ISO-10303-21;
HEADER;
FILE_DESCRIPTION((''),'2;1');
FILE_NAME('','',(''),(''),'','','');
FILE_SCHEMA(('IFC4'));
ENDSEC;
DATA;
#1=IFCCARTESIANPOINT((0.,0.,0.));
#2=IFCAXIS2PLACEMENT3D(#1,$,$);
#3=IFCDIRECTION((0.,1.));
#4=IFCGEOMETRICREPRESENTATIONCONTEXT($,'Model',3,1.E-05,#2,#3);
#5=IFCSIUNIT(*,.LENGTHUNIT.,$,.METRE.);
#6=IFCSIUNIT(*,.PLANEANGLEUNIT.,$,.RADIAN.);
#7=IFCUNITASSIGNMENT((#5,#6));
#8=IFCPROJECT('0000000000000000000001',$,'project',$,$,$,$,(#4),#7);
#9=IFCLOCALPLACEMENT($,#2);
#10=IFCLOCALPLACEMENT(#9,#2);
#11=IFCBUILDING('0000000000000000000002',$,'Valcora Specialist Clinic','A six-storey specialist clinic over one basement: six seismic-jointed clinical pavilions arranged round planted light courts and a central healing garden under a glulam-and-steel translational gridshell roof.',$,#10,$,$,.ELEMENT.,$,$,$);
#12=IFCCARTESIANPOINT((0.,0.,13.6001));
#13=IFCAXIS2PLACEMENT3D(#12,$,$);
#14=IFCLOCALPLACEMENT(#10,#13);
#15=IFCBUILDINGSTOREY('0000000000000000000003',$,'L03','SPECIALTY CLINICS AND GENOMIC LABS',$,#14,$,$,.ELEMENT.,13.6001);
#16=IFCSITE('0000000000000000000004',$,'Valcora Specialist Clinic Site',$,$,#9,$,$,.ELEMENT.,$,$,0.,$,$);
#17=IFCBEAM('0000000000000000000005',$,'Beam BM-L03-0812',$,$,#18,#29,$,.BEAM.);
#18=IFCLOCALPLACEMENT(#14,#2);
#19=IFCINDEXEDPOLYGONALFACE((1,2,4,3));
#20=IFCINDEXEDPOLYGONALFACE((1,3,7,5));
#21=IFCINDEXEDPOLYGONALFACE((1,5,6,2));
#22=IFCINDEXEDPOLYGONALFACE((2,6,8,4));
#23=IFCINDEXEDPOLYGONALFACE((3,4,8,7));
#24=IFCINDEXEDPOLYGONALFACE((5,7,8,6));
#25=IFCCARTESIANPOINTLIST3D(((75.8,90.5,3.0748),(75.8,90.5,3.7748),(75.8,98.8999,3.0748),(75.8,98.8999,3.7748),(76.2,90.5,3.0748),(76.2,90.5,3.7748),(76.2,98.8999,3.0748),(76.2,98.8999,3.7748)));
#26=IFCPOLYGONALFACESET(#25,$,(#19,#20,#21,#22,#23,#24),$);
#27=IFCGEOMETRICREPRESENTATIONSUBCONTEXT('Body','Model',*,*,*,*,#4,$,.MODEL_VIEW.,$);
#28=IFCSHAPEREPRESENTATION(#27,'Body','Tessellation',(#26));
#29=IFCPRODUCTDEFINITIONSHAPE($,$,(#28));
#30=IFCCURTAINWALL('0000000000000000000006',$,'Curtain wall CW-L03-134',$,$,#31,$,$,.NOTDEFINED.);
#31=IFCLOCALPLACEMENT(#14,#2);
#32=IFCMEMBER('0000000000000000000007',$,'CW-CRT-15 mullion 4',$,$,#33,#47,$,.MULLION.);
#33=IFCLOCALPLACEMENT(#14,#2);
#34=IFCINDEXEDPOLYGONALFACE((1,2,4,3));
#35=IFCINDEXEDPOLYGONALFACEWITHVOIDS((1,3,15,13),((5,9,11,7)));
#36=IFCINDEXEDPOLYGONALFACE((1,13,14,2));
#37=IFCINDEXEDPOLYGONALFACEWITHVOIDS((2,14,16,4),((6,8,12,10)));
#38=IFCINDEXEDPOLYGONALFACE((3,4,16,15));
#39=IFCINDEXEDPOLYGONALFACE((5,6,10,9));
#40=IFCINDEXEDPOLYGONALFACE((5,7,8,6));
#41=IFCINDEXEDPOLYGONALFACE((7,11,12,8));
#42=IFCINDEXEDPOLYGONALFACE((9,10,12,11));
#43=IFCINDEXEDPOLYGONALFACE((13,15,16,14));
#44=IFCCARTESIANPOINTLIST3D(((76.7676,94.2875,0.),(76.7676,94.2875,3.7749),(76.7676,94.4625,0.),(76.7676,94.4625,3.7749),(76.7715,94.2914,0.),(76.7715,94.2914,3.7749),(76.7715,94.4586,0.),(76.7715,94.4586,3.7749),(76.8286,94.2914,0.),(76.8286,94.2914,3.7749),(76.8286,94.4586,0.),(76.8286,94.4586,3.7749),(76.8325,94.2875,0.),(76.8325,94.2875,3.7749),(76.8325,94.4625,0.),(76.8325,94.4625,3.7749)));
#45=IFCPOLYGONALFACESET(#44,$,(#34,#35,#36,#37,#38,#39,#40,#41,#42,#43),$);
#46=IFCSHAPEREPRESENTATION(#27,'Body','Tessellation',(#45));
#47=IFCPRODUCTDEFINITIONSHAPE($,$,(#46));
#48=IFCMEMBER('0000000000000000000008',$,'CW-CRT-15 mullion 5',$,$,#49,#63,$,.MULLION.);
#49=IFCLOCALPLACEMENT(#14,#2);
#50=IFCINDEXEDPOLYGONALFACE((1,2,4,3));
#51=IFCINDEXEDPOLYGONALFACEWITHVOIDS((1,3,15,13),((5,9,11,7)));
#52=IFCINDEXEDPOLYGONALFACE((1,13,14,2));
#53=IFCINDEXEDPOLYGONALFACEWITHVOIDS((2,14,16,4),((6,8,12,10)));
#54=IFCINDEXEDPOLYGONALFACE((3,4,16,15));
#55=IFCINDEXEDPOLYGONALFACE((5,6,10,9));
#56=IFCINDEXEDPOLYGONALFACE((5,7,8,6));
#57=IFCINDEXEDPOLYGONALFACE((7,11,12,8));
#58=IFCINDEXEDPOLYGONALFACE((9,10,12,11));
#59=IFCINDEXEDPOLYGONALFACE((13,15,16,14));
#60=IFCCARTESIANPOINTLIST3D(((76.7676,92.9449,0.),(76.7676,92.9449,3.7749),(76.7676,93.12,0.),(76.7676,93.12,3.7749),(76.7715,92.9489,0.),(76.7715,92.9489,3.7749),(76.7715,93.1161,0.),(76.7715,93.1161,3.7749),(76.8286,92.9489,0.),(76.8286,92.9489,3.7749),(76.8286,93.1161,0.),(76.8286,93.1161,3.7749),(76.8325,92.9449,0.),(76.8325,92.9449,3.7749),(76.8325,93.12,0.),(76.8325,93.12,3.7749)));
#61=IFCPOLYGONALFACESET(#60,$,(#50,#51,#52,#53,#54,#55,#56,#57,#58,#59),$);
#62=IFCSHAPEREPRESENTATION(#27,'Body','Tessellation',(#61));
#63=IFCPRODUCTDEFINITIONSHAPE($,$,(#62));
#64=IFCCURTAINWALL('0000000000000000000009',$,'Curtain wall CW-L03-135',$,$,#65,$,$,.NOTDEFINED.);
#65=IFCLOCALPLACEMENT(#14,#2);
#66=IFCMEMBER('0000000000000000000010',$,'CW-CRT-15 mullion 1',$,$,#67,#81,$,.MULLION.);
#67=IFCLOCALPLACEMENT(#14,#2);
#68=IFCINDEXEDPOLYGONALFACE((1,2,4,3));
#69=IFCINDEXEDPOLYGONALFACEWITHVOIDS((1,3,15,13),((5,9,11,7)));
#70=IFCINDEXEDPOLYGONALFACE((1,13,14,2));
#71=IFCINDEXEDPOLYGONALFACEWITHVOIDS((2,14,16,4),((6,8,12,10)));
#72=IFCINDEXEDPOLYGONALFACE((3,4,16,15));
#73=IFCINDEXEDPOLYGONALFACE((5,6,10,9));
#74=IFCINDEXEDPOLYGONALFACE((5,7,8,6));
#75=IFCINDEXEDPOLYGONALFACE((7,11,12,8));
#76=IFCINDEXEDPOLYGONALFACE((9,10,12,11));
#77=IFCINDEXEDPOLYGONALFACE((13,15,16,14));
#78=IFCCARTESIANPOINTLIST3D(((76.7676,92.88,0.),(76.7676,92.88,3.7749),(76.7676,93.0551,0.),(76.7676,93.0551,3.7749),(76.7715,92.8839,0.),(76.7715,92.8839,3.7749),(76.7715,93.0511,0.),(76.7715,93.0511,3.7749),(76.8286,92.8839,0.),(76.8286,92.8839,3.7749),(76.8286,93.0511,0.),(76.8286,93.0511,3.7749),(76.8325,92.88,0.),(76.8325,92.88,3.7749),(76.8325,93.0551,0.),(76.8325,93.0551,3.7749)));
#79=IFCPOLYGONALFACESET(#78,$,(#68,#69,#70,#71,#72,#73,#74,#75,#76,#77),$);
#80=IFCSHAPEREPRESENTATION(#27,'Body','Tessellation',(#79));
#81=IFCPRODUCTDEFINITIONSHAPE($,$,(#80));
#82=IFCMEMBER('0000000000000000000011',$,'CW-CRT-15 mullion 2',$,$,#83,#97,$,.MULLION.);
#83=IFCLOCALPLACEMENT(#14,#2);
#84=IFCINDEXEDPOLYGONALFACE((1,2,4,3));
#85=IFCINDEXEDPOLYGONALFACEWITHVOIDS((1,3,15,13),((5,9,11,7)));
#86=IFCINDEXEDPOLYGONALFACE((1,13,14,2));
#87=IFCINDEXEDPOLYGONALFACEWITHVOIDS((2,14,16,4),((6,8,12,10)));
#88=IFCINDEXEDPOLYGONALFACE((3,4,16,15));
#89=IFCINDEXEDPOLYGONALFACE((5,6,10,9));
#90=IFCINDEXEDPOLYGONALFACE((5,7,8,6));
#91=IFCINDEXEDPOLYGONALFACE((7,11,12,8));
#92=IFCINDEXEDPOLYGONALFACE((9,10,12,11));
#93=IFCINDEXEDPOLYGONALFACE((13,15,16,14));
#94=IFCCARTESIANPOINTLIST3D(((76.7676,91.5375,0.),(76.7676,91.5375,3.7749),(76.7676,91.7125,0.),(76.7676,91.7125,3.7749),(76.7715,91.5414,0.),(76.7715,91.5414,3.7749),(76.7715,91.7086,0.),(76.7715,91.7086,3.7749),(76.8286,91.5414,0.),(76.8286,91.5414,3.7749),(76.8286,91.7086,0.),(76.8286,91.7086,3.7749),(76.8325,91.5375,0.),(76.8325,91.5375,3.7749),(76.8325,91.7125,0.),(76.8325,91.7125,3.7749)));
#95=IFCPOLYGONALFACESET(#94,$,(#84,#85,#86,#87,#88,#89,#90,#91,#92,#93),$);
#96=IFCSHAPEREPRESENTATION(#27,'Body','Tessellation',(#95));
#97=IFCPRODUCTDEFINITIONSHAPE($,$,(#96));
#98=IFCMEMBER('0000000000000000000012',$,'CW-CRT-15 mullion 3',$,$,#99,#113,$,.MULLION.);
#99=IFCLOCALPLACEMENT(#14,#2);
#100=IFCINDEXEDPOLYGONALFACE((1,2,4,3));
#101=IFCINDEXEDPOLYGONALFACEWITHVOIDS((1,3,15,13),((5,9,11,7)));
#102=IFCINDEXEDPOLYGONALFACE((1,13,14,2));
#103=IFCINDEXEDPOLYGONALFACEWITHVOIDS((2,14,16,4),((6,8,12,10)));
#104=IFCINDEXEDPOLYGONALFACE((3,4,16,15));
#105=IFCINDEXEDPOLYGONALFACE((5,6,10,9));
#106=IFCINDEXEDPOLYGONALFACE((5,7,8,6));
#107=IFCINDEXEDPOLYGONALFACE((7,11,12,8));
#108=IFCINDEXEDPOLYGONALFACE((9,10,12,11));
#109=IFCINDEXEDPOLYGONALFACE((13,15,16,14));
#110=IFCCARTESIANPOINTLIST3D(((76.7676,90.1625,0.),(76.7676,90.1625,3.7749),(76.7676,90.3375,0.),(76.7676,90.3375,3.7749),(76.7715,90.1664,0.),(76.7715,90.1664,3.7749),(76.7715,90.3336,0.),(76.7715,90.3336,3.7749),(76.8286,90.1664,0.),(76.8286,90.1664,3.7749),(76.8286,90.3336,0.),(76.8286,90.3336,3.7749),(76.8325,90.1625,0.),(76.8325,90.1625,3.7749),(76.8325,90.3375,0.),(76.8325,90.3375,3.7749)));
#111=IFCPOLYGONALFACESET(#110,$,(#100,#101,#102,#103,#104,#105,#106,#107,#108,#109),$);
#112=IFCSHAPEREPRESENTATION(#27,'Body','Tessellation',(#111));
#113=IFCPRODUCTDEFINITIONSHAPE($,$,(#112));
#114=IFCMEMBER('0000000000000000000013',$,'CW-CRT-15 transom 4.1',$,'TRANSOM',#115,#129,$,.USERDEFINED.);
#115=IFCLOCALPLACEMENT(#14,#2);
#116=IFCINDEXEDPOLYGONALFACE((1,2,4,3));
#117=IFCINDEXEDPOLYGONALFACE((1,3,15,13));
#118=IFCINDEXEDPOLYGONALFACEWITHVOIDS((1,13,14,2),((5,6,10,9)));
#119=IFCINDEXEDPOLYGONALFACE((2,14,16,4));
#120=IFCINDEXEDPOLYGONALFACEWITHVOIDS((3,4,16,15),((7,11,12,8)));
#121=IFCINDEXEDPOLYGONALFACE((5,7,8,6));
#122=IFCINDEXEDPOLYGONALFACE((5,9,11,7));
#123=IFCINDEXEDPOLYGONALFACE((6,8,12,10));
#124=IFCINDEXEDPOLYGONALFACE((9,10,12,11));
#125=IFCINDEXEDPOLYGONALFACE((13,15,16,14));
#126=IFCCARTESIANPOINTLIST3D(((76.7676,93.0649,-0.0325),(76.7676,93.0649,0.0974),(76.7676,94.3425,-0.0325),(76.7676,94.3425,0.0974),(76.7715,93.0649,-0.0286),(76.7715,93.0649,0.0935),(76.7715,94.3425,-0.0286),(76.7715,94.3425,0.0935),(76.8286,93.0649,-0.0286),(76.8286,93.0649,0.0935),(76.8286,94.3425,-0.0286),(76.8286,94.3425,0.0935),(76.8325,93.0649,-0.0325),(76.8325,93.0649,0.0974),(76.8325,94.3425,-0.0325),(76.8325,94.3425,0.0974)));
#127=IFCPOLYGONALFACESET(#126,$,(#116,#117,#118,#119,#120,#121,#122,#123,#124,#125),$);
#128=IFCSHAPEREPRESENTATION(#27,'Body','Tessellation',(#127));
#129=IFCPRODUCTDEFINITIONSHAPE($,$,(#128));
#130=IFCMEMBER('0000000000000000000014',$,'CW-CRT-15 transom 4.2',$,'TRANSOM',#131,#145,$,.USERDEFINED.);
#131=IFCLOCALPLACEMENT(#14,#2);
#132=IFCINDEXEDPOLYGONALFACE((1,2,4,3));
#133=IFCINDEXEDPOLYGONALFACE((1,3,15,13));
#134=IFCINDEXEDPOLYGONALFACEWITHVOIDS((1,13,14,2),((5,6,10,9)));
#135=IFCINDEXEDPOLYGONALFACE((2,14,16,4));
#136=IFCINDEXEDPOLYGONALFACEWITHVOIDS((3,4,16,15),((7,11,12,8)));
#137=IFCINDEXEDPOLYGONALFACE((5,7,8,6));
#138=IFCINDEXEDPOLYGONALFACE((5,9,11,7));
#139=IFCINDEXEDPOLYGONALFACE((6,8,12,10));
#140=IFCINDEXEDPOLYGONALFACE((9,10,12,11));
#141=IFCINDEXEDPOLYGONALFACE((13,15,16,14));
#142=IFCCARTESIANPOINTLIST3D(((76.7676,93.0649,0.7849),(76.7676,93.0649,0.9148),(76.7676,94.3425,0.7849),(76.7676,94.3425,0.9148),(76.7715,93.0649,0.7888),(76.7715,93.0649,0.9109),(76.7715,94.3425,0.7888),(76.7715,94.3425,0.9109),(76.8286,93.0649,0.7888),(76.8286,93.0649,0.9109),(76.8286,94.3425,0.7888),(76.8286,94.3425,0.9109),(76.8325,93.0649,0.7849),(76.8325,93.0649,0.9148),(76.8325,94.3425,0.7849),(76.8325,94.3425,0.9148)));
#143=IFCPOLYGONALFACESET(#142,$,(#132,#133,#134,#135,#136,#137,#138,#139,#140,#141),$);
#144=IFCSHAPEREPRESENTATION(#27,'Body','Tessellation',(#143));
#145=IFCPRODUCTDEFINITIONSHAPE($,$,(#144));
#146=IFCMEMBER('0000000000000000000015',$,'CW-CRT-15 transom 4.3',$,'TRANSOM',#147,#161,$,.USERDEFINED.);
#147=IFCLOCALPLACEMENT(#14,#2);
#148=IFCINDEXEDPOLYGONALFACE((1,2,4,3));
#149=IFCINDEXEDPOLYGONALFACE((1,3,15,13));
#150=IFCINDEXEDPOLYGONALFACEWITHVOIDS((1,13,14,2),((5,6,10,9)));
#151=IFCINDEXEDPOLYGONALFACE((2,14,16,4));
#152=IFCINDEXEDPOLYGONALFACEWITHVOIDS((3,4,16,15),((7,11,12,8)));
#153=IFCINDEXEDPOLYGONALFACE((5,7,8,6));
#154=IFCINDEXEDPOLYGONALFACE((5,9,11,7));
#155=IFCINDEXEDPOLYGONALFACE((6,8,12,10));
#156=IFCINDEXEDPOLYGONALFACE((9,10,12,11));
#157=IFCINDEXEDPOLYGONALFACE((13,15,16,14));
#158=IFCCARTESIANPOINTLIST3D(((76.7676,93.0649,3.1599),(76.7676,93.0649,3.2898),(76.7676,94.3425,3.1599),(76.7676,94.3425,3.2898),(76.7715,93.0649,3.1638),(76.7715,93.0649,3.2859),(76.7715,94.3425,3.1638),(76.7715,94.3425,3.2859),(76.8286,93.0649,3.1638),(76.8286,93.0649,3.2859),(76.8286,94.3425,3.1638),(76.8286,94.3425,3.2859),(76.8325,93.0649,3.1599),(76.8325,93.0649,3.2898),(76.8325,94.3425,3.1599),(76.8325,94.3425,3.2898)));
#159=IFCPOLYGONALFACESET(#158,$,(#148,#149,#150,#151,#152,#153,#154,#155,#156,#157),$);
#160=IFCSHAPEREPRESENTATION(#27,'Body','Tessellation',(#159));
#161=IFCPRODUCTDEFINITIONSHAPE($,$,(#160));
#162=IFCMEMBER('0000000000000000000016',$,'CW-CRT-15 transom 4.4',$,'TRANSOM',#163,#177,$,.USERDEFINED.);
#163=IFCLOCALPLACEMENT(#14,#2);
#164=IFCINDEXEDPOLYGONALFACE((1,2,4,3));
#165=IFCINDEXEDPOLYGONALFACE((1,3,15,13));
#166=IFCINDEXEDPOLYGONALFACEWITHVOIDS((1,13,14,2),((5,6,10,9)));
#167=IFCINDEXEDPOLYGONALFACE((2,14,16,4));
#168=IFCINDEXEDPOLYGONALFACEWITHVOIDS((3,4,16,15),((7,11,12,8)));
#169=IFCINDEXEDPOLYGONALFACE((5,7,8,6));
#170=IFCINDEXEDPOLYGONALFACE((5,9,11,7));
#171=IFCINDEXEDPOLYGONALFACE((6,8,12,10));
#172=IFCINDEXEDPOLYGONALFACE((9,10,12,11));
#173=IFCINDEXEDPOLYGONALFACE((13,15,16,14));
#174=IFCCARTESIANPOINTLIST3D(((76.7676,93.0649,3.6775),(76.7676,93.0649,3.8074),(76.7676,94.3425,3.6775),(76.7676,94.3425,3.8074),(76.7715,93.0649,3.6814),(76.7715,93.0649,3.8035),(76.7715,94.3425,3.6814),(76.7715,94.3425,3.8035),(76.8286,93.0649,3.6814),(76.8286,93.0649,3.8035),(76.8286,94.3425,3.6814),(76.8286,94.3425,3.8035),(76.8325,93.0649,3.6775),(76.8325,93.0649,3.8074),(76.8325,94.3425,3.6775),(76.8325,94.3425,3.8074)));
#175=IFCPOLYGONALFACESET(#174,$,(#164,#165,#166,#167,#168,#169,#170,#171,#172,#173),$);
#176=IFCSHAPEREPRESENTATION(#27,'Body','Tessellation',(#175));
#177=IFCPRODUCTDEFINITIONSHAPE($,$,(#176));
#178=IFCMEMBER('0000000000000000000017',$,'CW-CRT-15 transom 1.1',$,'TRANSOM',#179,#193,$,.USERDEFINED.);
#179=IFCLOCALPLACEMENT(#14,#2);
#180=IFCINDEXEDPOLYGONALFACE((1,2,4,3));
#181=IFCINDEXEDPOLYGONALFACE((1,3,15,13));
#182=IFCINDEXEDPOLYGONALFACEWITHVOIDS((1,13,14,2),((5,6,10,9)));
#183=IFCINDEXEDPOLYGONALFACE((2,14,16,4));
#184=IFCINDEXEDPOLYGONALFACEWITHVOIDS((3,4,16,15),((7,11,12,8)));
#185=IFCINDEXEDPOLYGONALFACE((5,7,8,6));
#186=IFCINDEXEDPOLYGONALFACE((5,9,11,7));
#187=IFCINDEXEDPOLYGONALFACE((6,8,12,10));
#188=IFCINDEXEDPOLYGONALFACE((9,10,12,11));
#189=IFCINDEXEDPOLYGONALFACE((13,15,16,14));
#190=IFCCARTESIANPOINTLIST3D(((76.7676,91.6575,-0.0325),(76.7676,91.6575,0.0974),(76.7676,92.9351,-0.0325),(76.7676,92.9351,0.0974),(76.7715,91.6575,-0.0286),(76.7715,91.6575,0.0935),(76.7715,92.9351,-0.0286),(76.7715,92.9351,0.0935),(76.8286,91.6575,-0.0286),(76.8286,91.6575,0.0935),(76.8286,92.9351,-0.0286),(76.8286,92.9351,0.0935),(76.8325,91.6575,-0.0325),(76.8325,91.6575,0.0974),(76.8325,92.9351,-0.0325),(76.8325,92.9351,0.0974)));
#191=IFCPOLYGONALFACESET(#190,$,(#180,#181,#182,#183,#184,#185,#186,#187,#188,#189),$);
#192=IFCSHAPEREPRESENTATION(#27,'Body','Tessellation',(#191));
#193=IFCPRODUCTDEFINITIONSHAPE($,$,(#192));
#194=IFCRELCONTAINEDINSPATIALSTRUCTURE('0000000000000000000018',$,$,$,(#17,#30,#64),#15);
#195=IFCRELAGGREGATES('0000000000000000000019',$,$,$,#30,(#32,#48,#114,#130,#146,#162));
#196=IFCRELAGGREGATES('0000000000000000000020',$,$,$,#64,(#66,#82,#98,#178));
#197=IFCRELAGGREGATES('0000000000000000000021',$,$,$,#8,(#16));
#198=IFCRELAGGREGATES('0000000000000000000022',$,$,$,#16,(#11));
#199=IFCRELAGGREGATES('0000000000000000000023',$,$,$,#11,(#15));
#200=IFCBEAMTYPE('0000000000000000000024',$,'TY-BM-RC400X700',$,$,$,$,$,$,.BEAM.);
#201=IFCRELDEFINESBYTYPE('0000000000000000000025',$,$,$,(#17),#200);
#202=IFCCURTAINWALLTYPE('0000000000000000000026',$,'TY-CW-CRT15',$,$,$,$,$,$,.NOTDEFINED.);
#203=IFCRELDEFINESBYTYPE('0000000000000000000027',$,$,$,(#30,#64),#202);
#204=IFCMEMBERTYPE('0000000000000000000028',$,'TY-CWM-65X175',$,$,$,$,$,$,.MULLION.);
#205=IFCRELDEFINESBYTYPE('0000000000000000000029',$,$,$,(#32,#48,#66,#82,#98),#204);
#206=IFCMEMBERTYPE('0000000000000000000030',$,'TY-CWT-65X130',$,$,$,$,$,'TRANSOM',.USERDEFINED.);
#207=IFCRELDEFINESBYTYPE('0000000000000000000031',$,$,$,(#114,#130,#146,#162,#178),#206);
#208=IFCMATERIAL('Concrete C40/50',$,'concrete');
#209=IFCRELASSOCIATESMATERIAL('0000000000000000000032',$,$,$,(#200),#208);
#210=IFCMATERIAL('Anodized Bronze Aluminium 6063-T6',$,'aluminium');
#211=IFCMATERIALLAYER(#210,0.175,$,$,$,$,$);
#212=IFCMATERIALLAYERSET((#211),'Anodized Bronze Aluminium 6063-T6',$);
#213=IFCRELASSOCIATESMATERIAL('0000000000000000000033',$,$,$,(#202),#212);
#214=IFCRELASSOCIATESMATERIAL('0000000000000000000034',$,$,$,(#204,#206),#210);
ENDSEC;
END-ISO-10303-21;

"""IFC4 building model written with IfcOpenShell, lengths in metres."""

from ifc_helpers import new_model, si_unit, direction, frame, origin, origin_2d, place, context, subcontext, project, spatial, rectangle, hollow_rectangle, extrude, material, layer, layer_set, material_profile, profile_set, type_object, element, aggregate, save


model = new_model("IFC4")

# Units and contexts
model_context = context("Model", 3, precision=1e-05, world=origin(), true_north=direction((0.0, 1.0)))
body_context = subcontext(model_context, "Body", "Model", "MODEL_VIEW")
ifc_project = project(units=[si_unit("LENGTHUNIT", "METRE"), si_unit("PLANEANGLEUNIT", "RADIAN")], contexts=[model_context])

# Site, building, storey
site_placement = place(None, origin())
site = spatial("IfcSite", under=ifc_project, at=site_placement, Name="Valcora Specialist Clinic Site", CompositionType="ELEMENT", RefElevation=0.0)
building_placement = place(site_placement, origin())
building = spatial("IfcBuilding", under=site, at=building_placement, Name="Valcora Specialist Clinic", Description="A six-storey specialist clinic over one basement: six seismic-jointed clinical pavilions arranged round planted light courts and a central healing garden under a glulam-and-steel translational gridshell roof.", CompositionType="ELEMENT")
storey_placement = place(building_placement, frame((0.0, 0.0, 13.6001)))
storey = spatial("IfcBuildingStorey", under=building, at=storey_placement, Name="L03", Description="SPECIALTY CLINICS AND GENOMIC LABS", CompositionType="ELEMENT", Elevation=13.6001)

# Beam
ifc_material_1 = material(Name="Concrete C40/50", Category="concrete")
ifc_material_profile_1 = material_profile(ifc_material_1, rectangle(XDim=0.3999, YDim=0.7, at=origin_2d()), Name="RC-BM-400X700")
ifc_profile_set_1 = profile_set([ifc_material_profile_1], Name="Concrete C40/50")
beam_type = type_object("IfcBeamType", Name="TY-BM-RC400X700", PredefinedType="BEAM", material=ifc_profile_set_1)
beam_placement = place(storey_placement, frame((76.0, 90.5, 3.4248), z_axis=(0.0, 1.0, 0.0), x_axis=(-1.0, 0.0, 0.0)))
element("IfcBeam", 1, at=beam_placement, inside=storey, type_object=beam_type, Name="Beam BM-L03-0812", PredefinedType="BEAM", context=body_context, shape_type="SweptSolid", body=[
    extrude(rectangle(XDim=0.3999, YDim=0.7, at=origin_2d()), origin(), (0.0, 0.0, 1.0), 8.3999),
])

# Curtain walls, members
ifc_material_2 = material(Name="Anodized Bronze Aluminium 6063-T6", Category="aluminium")
ifc_layer_1 = layer(ifc_material_2, 0.175)
ifc_layer_set_1 = layer_set([ifc_layer_1], Name="Anodized Bronze Aluminium 6063-T6")
curtain_wall_type = type_object("IfcCurtainWallType", Name="TY-CW-CRT15", PredefinedType="NOTDEFINED", material=ifc_layer_set_1)
curtain_wall_1_placement = place(storey_placement, origin())
curtain_wall_1 = element("IfcCurtainWall", 2, at=curtain_wall_1_placement, inside=storey, type_object=curtain_wall_type, Name="Curtain wall CW-L03-134", PredefinedType="NOTDEFINED")
ifc_material_profile_2 = material_profile(ifc_material_2, hollow_rectangle(XDim=0.0649, YDim=0.175, WallThickness=0.0039, at=origin_2d()), Name="AL-MUL-65X175")
ifc_profile_set_2 = profile_set([ifc_material_profile_2], Name="Anodized Bronze Aluminium 6063-T6")
member_type_1 = type_object("IfcMemberType", Name="TY-CWM-65X175", PredefinedType="MULLION", material=ifc_profile_set_2)
member_1_placement = place(storey_placement, frame((76.8, 94.375, 0.0), z_axis=(0.0, 0.0, 1.0), x_axis=(1.0, 0.0, 0.0)))
member_1 = element("IfcMember", 3, at=member_1_placement, type_object=member_type_1, Name="CW-CRT-15 mullion 4", PredefinedType="MULLION", context=body_context, shape_type="SweptSolid", body=[
    extrude(hollow_rectangle(XDim=0.0649, YDim=0.175, WallThickness=0.0039, at=origin_2d()), origin(), (0.0, 0.0, 1.0), 3.7749),
])
member_2_placement = place(storey_placement, frame((76.8, 93.0325, 0.0), z_axis=(0.0, 0.0, 1.0), x_axis=(1.0, 0.0, 0.0)))
member_2 = element("IfcMember", 4, at=member_2_placement, type_object=member_type_1, Name="CW-CRT-15 mullion 5", PredefinedType="MULLION", context=body_context, shape_type="SweptSolid", body=[
    extrude(hollow_rectangle(XDim=0.0649, YDim=0.175, WallThickness=0.0039, at=origin_2d()), origin(), (0.0, 0.0, 1.0), 3.7749),
])
curtain_wall_2_placement = place(storey_placement, origin())
curtain_wall_2 = element("IfcCurtainWall", 5, at=curtain_wall_2_placement, inside=storey, type_object=curtain_wall_type, Name="Curtain wall CW-L03-135", PredefinedType="NOTDEFINED")
member_3_placement = place(storey_placement, frame((76.8, 92.9675, 0.0), z_axis=(0.0, 0.0, 1.0), x_axis=(1.0, 0.0, 0.0)))
member_3 = element("IfcMember", 6, at=member_3_placement, type_object=member_type_1, Name="CW-CRT-15 mullion 1", PredefinedType="MULLION", context=body_context, shape_type="SweptSolid", body=[
    extrude(hollow_rectangle(XDim=0.0649, YDim=0.175, WallThickness=0.0039, at=origin_2d()), origin(), (0.0, 0.0, 1.0), 3.7749),
])
member_4_placement = place(storey_placement, frame((76.8, 91.625, 0.0), z_axis=(0.0, 0.0, 1.0), x_axis=(1.0, 0.0, 0.0)))
member_4 = element("IfcMember", 7, at=member_4_placement, type_object=member_type_1, Name="CW-CRT-15 mullion 2", PredefinedType="MULLION", context=body_context, shape_type="SweptSolid", body=[
    extrude(hollow_rectangle(XDim=0.0649, YDim=0.175, WallThickness=0.0039, at=origin_2d()), origin(), (0.0, 0.0, 1.0), 3.7749),
])
member_5_placement = place(storey_placement, frame((76.8, 90.25, 0.0), z_axis=(0.0, 0.0, 1.0), x_axis=(1.0, 0.0, 0.0)))
member_5 = element("IfcMember", 8, at=member_5_placement, type_object=member_type_1, Name="CW-CRT-15 mullion 3", PredefinedType="MULLION", context=body_context, shape_type="SweptSolid", body=[
    extrude(hollow_rectangle(XDim=0.0649, YDim=0.175, WallThickness=0.0039, at=origin_2d()), origin(), (0.0, 0.0, 1.0), 3.7749),
])

# Members
ifc_material_profile_3 = material_profile(ifc_material_2, hollow_rectangle(XDim=0.0649, YDim=0.1299, WallThickness=0.0039, at=origin_2d()), Name="AL-TRN-65X130")
ifc_profile_set_3 = profile_set([ifc_material_profile_3], Name="Anodized Bronze Aluminium 6063-T6")
member_type_2 = type_object("IfcMemberType", Name="TY-CWT-65X130", ElementType="TRANSOM", PredefinedType="USERDEFINED", material=ifc_profile_set_3)
member_6_placement = place(storey_placement, frame((76.8, 94.3425, 0.0325), z_axis=(0.0, -1.0, 0.0), x_axis=(1.0, 0.0, 0.0)))
member_6 = element("IfcMember", 9, at=member_6_placement, type_object=member_type_2, Name="CW-CRT-15 transom 4.1", ObjectType="TRANSOM", PredefinedType="USERDEFINED", context=body_context, shape_type="SweptSolid", body=[
    extrude(hollow_rectangle(XDim=0.0649, YDim=0.1299, WallThickness=0.0039, at=origin_2d()), origin(), (0.0, 0.0, 1.0), 1.2776),
])
member_7_placement = place(storey_placement, frame((76.8, 94.3425, 0.8499), z_axis=(0.0, -1.0, 0.0), x_axis=(1.0, 0.0, 0.0)))
member_7 = element("IfcMember", 10, at=member_7_placement, type_object=member_type_2, Name="CW-CRT-15 transom 4.2", ObjectType="TRANSOM", PredefinedType="USERDEFINED", context=body_context, shape_type="SweptSolid", body=[
    extrude(hollow_rectangle(XDim=0.0649, YDim=0.1299, WallThickness=0.0039, at=origin_2d()), origin(), (0.0, 0.0, 1.0), 1.2776),
])
member_8_placement = place(storey_placement, frame((76.8, 94.3425, 3.2249), z_axis=(0.0, -1.0, 0.0), x_axis=(1.0, 0.0, 0.0)))
member_8 = element("IfcMember", 11, at=member_8_placement, type_object=member_type_2, Name="CW-CRT-15 transom 4.3", ObjectType="TRANSOM", PredefinedType="USERDEFINED", context=body_context, shape_type="SweptSolid", body=[
    extrude(hollow_rectangle(XDim=0.0649, YDim=0.1299, WallThickness=0.0039, at=origin_2d()), origin(), (0.0, 0.0, 1.0), 1.2776),
])
member_9_placement = place(storey_placement, frame((76.8, 94.3425, 3.7424), z_axis=(0.0, -1.0, 0.0), x_axis=(1.0, 0.0, 0.0)))
member_9 = element("IfcMember", 12, at=member_9_placement, type_object=member_type_2, Name="CW-CRT-15 transom 4.4", ObjectType="TRANSOM", PredefinedType="USERDEFINED", context=body_context, shape_type="SweptSolid", body=[
    extrude(hollow_rectangle(XDim=0.0649, YDim=0.1299, WallThickness=0.0039, at=origin_2d()), origin(), (0.0, 0.0, 1.0), 1.2776),
])
member_10_placement = place(storey_placement, frame((76.8, 92.9351, 0.0325), z_axis=(0.0, -1.0, 0.0), x_axis=(1.0, 0.0, 0.0)))
member_10 = element("IfcMember", 13, at=member_10_placement, type_object=member_type_2, Name="CW-CRT-15 transom 1.1", ObjectType="TRANSOM", PredefinedType="USERDEFINED", context=body_context, shape_type="SweptSolid", body=[
    extrude(hollow_rectangle(XDim=0.0649, YDim=0.1299, WallThickness=0.0039, at=origin_2d()), origin(), (0.0, 0.0, 1.0), 1.2776),
])

aggregate(curtain_wall_1, [member_1, member_2, member_6, member_7, member_8, member_9])
aggregate(curtain_wall_2, [member_3, member_4, member_5, member_10])

save(model, "model.ifc")
